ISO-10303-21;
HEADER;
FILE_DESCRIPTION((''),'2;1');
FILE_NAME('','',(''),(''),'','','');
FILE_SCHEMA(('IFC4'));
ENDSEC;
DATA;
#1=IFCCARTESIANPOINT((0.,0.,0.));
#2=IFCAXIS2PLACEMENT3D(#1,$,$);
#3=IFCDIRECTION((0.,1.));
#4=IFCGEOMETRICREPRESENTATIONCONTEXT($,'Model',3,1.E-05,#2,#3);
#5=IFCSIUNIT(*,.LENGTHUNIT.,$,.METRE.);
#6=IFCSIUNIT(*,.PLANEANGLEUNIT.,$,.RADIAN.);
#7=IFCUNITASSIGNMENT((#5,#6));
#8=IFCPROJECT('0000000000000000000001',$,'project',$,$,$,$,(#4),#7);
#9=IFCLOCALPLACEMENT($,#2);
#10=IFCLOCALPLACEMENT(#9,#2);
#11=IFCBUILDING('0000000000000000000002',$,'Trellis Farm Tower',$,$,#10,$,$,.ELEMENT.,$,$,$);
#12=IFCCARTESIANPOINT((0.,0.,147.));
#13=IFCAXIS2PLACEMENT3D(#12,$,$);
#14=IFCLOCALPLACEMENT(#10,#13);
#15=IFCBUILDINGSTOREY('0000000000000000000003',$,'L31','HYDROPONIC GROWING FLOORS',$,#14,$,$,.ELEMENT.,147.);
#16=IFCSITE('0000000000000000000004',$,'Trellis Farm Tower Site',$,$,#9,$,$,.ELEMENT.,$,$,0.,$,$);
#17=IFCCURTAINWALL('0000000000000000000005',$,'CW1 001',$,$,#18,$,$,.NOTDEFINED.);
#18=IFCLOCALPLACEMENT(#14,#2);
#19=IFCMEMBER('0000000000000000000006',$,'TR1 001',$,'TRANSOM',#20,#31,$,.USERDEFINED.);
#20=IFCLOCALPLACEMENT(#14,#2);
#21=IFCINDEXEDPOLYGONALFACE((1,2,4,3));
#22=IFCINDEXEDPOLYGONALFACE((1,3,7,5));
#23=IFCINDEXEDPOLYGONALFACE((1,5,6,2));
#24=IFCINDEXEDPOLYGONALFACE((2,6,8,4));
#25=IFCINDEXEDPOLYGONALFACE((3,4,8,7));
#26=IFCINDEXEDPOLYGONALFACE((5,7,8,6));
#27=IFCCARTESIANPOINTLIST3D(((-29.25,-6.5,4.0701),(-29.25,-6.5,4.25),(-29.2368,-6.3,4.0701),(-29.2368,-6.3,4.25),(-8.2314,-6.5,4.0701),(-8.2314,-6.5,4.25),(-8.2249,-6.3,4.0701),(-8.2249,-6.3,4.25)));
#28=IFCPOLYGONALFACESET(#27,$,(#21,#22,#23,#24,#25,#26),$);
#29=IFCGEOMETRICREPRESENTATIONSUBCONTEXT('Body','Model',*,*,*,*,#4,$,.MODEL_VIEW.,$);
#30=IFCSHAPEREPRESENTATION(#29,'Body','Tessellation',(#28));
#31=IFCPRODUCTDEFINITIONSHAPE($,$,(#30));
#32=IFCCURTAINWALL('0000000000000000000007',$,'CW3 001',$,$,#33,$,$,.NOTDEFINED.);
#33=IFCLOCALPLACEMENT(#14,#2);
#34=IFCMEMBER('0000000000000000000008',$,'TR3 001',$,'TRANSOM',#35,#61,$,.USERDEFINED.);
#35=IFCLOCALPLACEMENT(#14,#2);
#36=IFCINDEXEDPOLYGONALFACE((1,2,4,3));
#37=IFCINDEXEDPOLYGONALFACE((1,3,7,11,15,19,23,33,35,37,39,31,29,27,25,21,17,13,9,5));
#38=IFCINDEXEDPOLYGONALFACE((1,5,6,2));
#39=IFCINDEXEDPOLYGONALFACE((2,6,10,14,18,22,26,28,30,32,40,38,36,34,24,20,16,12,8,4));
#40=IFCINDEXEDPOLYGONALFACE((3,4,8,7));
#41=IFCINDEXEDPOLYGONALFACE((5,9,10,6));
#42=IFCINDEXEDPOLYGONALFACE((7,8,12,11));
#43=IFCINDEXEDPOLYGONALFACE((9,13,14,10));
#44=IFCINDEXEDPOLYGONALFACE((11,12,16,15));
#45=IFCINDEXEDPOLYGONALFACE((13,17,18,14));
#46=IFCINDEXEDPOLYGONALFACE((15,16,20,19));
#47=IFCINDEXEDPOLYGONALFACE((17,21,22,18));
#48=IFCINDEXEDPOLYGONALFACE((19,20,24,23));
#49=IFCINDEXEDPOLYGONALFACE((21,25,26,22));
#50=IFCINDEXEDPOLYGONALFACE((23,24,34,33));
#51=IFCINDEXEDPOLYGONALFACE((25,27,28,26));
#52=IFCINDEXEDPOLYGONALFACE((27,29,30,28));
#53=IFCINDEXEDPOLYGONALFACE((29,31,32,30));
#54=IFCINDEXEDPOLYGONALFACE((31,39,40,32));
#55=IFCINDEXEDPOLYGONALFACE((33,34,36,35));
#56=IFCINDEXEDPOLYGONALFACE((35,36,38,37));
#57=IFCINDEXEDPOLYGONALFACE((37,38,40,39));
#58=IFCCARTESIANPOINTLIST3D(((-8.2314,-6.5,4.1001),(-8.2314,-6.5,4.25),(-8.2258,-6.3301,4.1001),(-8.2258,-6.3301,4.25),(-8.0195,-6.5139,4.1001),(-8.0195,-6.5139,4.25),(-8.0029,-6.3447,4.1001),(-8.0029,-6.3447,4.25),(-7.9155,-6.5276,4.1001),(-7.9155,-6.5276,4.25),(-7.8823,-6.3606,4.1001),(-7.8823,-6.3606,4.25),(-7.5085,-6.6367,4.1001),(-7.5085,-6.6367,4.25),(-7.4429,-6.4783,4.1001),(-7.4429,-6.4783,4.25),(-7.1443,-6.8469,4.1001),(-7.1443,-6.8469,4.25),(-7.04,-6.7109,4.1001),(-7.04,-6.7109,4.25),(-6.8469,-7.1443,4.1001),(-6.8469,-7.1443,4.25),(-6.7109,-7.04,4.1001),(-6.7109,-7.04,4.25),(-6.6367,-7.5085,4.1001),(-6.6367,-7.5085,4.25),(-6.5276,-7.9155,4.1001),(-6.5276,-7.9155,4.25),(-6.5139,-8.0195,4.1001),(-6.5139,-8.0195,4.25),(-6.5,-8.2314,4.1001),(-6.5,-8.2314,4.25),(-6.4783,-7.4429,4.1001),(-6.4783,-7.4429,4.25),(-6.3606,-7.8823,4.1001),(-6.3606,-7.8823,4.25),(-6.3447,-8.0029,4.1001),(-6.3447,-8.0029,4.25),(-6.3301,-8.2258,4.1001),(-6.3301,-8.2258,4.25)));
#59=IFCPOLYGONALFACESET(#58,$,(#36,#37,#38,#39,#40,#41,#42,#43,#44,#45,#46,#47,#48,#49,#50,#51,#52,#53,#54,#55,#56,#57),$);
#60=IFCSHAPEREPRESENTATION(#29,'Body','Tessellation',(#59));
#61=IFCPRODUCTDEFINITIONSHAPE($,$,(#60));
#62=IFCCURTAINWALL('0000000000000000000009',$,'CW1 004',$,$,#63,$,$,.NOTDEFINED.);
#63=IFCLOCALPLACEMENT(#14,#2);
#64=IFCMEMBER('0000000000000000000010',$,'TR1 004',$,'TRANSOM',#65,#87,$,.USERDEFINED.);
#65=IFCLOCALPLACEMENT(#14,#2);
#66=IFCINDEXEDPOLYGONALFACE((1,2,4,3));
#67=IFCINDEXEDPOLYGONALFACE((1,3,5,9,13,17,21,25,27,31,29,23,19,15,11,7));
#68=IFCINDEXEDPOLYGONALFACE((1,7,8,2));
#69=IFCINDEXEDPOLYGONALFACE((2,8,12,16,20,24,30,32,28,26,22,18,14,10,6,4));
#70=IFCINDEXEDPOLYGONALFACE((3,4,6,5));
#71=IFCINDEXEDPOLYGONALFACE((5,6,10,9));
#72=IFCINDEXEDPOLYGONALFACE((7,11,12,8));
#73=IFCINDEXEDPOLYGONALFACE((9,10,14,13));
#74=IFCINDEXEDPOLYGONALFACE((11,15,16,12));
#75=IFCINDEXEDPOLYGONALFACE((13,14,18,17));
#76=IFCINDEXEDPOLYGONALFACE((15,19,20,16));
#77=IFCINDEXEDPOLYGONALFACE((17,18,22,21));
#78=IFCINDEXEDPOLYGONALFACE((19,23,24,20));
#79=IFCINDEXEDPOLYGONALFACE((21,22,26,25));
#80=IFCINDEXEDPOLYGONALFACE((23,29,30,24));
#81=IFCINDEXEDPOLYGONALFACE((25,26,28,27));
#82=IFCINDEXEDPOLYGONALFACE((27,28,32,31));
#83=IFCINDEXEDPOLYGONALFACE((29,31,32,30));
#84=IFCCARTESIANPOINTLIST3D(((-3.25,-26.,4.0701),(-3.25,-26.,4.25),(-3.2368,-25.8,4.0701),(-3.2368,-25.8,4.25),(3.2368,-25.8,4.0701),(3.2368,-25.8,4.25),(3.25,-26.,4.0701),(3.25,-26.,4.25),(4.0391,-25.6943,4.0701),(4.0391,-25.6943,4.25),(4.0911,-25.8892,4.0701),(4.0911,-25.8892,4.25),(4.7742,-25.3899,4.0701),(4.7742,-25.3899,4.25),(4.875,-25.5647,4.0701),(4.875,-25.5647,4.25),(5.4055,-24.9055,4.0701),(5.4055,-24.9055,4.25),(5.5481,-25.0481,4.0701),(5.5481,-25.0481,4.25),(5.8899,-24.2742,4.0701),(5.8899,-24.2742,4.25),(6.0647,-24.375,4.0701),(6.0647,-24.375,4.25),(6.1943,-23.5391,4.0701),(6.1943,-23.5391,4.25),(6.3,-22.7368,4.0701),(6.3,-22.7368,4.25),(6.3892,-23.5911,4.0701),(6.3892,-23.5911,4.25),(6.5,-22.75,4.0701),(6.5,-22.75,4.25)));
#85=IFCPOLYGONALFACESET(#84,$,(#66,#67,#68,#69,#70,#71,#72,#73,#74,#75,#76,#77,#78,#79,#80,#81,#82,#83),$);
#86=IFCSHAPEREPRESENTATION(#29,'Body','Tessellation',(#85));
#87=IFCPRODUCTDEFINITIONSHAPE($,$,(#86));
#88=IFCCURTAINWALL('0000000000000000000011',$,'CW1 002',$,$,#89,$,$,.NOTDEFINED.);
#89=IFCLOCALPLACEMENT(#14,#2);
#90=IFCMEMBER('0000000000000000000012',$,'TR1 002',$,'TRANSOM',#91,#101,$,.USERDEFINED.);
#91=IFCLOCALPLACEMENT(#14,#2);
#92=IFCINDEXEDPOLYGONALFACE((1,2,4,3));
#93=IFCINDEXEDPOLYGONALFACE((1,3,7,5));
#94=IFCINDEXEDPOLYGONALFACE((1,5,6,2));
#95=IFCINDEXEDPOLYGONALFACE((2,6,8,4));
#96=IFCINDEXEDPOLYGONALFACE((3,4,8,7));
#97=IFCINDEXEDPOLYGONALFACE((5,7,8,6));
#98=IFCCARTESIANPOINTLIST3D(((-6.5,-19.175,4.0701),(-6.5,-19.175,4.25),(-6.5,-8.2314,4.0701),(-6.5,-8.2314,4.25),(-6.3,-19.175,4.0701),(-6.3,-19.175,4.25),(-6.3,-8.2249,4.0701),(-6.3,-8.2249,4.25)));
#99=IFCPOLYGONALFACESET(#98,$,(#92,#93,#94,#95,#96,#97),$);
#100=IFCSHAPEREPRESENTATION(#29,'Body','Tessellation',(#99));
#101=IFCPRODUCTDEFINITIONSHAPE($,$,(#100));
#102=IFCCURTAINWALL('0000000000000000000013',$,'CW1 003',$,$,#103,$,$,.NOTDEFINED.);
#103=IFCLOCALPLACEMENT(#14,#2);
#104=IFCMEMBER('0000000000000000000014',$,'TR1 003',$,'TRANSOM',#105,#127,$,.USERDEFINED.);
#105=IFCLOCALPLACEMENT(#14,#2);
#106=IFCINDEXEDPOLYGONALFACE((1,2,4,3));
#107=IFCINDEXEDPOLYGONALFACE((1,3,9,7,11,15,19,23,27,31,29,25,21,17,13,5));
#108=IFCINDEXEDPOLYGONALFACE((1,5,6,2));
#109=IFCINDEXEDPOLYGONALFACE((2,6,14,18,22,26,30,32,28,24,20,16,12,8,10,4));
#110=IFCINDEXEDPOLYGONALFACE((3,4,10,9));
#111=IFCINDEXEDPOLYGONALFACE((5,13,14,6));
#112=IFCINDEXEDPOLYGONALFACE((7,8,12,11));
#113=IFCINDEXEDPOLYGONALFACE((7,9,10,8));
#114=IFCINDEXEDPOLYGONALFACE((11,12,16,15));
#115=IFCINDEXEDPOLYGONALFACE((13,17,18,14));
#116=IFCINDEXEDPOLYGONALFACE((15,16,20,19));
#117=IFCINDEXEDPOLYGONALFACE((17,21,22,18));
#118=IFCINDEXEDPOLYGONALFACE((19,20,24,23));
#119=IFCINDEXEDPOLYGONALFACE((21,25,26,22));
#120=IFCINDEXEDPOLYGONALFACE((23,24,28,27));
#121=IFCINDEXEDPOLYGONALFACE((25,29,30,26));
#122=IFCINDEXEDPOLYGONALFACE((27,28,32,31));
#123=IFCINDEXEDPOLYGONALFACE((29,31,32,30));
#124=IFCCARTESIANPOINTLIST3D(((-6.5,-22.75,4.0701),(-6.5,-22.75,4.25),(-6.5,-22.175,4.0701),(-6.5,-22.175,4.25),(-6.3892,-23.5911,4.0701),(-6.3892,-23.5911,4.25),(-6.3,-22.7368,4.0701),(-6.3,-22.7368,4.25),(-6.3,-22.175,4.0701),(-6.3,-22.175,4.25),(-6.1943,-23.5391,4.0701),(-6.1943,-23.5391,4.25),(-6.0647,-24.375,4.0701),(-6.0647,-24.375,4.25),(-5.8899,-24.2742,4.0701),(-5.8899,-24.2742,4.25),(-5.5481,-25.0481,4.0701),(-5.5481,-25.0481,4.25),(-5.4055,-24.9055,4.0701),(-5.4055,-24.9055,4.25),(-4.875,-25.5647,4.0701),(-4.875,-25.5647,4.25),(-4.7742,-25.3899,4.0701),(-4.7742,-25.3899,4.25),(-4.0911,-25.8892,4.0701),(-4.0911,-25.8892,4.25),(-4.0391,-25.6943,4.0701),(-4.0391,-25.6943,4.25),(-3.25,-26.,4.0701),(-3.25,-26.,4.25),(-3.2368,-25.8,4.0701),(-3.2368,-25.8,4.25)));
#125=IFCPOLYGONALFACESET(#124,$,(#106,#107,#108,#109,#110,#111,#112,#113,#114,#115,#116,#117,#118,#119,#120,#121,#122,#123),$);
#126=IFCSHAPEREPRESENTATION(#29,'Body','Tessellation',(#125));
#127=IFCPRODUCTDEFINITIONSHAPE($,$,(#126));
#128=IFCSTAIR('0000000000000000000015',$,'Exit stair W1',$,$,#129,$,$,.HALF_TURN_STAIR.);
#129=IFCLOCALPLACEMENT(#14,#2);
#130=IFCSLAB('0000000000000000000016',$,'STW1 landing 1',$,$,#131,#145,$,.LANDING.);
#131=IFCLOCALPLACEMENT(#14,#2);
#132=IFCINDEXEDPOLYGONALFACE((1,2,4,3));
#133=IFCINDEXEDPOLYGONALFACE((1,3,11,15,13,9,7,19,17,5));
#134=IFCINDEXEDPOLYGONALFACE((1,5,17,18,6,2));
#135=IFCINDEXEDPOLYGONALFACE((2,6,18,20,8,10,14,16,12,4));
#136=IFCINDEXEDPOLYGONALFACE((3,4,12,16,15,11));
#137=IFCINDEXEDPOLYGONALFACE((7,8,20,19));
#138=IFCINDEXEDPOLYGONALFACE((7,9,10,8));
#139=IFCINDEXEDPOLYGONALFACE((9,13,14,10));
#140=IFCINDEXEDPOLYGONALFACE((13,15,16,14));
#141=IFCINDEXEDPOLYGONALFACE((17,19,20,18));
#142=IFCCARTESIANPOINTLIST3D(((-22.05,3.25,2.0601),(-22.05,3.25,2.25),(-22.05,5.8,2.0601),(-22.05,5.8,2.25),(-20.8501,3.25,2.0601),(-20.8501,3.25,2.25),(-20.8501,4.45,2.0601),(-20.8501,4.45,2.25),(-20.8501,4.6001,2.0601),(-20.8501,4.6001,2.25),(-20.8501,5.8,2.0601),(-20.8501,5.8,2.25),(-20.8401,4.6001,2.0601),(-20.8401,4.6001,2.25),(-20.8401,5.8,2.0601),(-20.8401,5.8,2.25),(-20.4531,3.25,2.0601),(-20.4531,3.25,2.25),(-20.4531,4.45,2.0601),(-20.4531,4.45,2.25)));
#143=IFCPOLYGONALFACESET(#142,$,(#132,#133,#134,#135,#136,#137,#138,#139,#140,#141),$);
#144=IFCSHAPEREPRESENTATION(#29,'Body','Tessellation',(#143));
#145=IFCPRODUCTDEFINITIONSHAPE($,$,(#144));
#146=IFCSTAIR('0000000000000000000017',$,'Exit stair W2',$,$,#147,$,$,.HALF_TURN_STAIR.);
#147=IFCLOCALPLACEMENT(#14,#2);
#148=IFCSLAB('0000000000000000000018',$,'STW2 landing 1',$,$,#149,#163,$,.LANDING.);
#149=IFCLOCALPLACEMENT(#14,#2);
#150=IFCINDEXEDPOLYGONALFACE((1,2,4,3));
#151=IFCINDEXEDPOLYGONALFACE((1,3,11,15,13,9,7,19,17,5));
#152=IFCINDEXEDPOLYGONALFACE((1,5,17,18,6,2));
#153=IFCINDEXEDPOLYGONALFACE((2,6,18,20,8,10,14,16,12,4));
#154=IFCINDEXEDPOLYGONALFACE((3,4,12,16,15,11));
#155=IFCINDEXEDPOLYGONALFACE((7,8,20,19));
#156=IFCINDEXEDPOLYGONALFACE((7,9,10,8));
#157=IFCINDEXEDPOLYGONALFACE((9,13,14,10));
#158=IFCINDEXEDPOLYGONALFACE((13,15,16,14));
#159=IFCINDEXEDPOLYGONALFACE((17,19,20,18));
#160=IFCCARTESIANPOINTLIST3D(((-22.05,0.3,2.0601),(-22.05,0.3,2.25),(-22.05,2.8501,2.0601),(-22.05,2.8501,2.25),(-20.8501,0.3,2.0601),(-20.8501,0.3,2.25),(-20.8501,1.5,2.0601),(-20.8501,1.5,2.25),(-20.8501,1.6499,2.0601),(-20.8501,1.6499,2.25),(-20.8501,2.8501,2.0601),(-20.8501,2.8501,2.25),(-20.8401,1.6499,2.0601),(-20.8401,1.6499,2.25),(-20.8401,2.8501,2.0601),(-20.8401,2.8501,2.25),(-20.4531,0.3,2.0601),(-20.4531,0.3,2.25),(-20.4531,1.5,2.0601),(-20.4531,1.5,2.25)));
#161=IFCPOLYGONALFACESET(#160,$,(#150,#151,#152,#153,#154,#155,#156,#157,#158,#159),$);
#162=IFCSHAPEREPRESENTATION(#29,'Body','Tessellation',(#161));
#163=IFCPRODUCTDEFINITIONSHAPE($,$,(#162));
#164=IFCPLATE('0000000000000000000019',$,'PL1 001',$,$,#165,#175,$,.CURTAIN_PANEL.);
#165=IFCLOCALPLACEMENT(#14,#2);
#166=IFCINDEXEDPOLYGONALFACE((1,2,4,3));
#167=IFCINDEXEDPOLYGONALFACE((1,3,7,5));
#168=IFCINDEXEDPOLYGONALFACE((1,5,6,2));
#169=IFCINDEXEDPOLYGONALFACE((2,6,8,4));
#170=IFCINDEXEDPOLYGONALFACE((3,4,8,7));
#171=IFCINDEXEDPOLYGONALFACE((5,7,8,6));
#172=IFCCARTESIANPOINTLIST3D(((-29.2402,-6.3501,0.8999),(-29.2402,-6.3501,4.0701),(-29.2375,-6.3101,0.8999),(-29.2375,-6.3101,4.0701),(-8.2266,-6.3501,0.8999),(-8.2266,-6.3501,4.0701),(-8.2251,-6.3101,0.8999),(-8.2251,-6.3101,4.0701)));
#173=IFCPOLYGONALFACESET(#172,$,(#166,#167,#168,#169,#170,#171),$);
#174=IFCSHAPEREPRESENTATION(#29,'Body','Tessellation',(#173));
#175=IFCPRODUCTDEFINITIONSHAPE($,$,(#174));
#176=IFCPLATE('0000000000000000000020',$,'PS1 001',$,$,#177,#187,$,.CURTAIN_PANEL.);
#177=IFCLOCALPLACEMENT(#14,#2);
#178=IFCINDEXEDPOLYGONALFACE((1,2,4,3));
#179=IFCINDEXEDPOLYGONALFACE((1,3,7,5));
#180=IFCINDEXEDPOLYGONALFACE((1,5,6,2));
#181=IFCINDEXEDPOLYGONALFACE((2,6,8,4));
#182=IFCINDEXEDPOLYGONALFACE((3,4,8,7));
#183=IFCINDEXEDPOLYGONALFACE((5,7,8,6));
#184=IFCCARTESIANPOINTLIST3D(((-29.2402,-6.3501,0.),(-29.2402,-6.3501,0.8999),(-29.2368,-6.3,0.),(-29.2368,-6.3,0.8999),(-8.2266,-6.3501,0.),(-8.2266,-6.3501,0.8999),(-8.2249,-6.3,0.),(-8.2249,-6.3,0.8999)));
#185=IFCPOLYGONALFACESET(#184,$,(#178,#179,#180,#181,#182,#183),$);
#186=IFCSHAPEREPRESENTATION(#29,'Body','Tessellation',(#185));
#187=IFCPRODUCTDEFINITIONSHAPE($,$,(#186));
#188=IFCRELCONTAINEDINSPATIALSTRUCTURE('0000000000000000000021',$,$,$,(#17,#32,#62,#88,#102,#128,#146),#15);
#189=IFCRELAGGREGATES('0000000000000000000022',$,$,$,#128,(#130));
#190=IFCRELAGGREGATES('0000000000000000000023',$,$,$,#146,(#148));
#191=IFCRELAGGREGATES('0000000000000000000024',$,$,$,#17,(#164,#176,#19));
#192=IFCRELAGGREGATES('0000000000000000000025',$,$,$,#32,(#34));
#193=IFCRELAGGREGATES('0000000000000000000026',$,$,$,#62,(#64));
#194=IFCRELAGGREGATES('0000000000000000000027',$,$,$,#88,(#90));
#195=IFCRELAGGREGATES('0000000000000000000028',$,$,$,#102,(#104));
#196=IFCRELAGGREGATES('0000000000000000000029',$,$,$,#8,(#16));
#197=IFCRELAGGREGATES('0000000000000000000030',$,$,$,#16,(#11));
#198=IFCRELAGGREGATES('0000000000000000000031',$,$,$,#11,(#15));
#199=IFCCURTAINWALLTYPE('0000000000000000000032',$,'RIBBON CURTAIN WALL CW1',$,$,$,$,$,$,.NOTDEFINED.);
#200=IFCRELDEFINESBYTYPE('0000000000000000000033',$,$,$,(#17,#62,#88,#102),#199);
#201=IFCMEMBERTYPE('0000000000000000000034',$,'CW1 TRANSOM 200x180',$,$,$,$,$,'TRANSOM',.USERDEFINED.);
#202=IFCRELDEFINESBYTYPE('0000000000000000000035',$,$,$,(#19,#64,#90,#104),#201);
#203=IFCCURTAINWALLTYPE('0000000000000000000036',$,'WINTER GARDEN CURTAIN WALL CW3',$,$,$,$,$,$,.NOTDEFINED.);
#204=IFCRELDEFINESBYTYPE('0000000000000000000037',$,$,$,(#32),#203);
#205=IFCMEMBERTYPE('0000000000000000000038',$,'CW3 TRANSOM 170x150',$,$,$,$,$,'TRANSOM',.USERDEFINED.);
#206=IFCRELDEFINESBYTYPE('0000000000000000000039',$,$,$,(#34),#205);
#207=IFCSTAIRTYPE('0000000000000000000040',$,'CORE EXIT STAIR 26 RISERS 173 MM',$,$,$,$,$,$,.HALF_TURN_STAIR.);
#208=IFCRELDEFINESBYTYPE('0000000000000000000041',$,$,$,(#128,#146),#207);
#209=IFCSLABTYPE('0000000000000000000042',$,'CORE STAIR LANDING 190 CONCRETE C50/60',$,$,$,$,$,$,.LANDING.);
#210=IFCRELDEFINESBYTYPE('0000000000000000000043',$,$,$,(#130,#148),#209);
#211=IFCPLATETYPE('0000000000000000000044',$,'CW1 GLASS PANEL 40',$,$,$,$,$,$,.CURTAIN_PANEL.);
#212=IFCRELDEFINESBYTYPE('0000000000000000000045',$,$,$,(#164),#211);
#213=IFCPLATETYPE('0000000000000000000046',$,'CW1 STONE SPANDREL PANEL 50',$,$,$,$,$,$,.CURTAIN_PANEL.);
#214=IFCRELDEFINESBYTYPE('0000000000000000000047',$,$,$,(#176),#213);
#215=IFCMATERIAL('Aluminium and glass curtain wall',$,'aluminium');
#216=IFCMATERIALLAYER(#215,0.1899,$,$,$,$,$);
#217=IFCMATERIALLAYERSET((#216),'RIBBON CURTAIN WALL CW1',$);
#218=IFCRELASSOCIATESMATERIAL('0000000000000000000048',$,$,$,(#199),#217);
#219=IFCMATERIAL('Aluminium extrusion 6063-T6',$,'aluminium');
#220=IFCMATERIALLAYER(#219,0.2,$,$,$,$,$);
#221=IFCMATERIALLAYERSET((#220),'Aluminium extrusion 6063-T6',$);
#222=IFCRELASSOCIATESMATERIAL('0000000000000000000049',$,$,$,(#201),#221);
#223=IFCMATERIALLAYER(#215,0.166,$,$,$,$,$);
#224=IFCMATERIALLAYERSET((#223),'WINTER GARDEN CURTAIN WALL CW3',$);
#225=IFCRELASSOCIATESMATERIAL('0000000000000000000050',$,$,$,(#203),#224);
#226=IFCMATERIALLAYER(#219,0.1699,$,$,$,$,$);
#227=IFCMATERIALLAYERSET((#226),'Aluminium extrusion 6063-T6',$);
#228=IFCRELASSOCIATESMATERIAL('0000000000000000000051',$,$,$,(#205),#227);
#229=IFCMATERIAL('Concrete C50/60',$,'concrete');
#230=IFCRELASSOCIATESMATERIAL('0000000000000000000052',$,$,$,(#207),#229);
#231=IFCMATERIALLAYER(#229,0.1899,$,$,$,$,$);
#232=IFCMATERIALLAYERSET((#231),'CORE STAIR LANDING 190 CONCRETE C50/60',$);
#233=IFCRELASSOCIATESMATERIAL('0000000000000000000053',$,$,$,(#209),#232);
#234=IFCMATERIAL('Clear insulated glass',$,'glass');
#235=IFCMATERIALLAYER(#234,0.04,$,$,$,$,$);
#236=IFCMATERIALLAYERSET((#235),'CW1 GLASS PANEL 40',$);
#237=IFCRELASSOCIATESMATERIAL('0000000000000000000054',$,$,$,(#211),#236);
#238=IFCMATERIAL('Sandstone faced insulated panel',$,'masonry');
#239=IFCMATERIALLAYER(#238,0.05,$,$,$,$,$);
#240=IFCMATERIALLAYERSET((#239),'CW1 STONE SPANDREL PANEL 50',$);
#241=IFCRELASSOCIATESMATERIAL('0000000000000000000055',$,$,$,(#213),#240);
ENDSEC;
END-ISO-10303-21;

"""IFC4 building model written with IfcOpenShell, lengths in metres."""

from ifc_helpers import new_model, si_unit, direction, frame, origin, place, context, subcontext, project, spatial, polyline, outline, extrude, source, transform, mapped, material, layer, layer_set, type_object, element, aggregate, save


model = new_model("IFC4")

# Units and contexts
model_context = context("Model", 3, precision=1e-05, world=origin(), true_north=direction((0.0, 1.0)))
body_context = subcontext(model_context, "Body", "Model", "MODEL_VIEW")
ifc_project = project(units=[si_unit("LENGTHUNIT", "METRE"), si_unit("PLANEANGLEUNIT", "RADIAN")], contexts=[model_context])

# Site, building, storey
site_placement = place(None, origin())
site = spatial("IfcSite", under=ifc_project, at=site_placement, Name="Trellis Farm Tower Site", CompositionType="ELEMENT", RefElevation=0.0)
building_placement = place(site_placement, origin())
building = spatial("IfcBuilding", under=site, at=building_placement, Name="Trellis Farm Tower", CompositionType="ELEMENT")
storey_placement = place(building_placement, frame((0.0, 0.0, 147.0)))
storey = spatial("IfcBuildingStorey", under=building, at=storey_placement, Name="L31", Description="HYDROPONIC GROWING FLOORS", CompositionType="ELEMENT", Elevation=147.0)

# Curtain walls, members
ifc_material_1 = material(Name="Aluminium and glass curtain wall", Category="aluminium")
ifc_layer_1 = layer(ifc_material_1, 0.1899)
ifc_layer_set_1 = layer_set([ifc_layer_1], Name="RIBBON CURTAIN WALL CW1")
curtain_wall_type_1 = type_object("IfcCurtainWallType", Name="RIBBON CURTAIN WALL CW1", PredefinedType="NOTDEFINED", material=ifc_layer_set_1)
placement_1 = place(storey_placement, origin())
curtain_wall_1 = element("IfcCurtainWall", 1, at=placement_1, inside=storey, type_object=curtain_wall_type_1, Name="CW1 001", PredefinedType="NOTDEFINED")
ifc_material_2 = material(Name="Aluminium extrusion 6063-T6", Category="aluminium")
ifc_layer_2 = layer(ifc_material_2, 0.2)
ifc_layer_set_2 = layer_set([ifc_layer_2], Name="Aluminium extrusion 6063-T6")
member_type_1 = type_object("IfcMemberType", Name="CW1 TRANSOM 200x180", ElementType="TRANSOM", PredefinedType="USERDEFINED", material=ifc_layer_set_2)
shared_shape_1 = source(origin(), body_context, "Body", "SweptSolid", [
    extrude(outline(polyline([(-29.25, -6.5), (-8.2314, -6.5), (-8.2249, -6.3), (-29.2368, -6.3), (-29.25, -6.5)])), origin(), (0.0, 0.0, 1.0), 0.1799),
])
placement_2 = place(storey_placement, frame((0.0, 0.0, 4.0701)))
member_1 = element("IfcMember", 2, at=placement_2, type_object=member_type_1, Name="TR1 001", ObjectType="TRANSOM", PredefinedType="USERDEFINED", context=body_context, shape_type="MappedRepresentation", body=[
    mapped(shared_shape_1, transform((0.0, 0.0, 0.0))),
])
ifc_layer_3 = layer(ifc_material_1, 0.166)
ifc_layer_set_3 = layer_set([ifc_layer_3], Name="WINTER GARDEN CURTAIN WALL CW3")
curtain_wall_type_2 = type_object("IfcCurtainWallType", Name="WINTER GARDEN CURTAIN WALL CW3", PredefinedType="NOTDEFINED", material=ifc_layer_set_3)
curtain_wall_2 = element("IfcCurtainWall", 3, at=placement_1, inside=storey, type_object=curtain_wall_type_2, Name="CW3 001", PredefinedType="NOTDEFINED")
ifc_layer_4 = layer(ifc_material_2, 0.1699)
ifc_layer_set_4 = layer_set([ifc_layer_4], Name="Aluminium extrusion 6063-T6")
member_type_2 = type_object("IfcMemberType", Name="CW3 TRANSOM 170x150", ElementType="TRANSOM", PredefinedType="USERDEFINED", material=ifc_layer_set_4)
shared_shape_2 = source(origin(), body_context, "Body", "SweptSolid", [
    extrude(outline(polyline([(-8.2314, -6.5), (-8.0195, -6.5139), (-7.9155, -6.5276), (-7.5085, -6.6367), (-7.1443, -6.8469), (-6.8469, -7.1443), (-6.6367, -7.5085), (-6.5276, -7.9155), (-6.5139, -8.0195), (-6.5, -8.2314), (-6.3301, -8.2258), (-6.3447, -8.0029), (-6.3606, -7.8823), (-6.4783, -7.4429), (-6.7109, -7.04), (-7.04, -6.7109), (-7.4429, -6.4783), (-7.8823, -6.3606), (-8.0029, -6.3447), (-8.2258, -6.3301), (-8.2314, -6.5)])), origin(), (0.0, 0.0, 1.0), 0.1499),
])
member_2_placement = place(storey_placement, frame((0.0, 0.0, 4.1001)))
member_2 = element("IfcMember", 4, at=member_2_placement, type_object=member_type_2, Name="TR3 001", ObjectType="TRANSOM", PredefinedType="USERDEFINED", context=body_context, shape_type="MappedRepresentation", body=[
    mapped(shared_shape_2, transform((0.0, 0.0, 0.0))),
])
curtain_wall_3 = element("IfcCurtainWall", 5, at=placement_1, inside=storey, type_object=curtain_wall_type_1, Name="CW1 004", PredefinedType="NOTDEFINED")
shared_shape_3 = source(origin(), body_context, "Body", "SweptSolid", [
    extrude(outline(polyline([(-3.25, -26.0), (3.25, -26.0), (4.0911, -25.8892), (4.875, -25.5647), (5.5481, -25.0481), (6.0647, -24.375), (6.3892, -23.5911), (6.5, -22.75), (6.3, -22.7368), (6.1943, -23.5391), (5.8899, -24.2742), (5.4055, -24.9055), (4.7742, -25.3899), (4.0391, -25.6943), (3.2368, -25.8), (-3.2368, -25.8), (-3.25, -26.0)])), origin(), (0.0, 0.0, 1.0), 0.1799),
])
member_3 = element("IfcMember", 6, at=placement_2, type_object=member_type_1, Name="TR1 004", ObjectType="TRANSOM", PredefinedType="USERDEFINED", context=body_context, shape_type="MappedRepresentation", body=[
    mapped(shared_shape_3, transform((0.0, 0.0, 0.0))),
])
curtain_wall_4 = element("IfcCurtainWall", 7, at=placement_1, inside=storey, type_object=curtain_wall_type_1, Name="CW1 002", PredefinedType="NOTDEFINED")
shared_shape_4 = source(origin(), body_context, "Body", "SweptSolid", [
    extrude(outline(polyline([(-6.5, -8.2314), (-6.5, -19.175), (-6.3, -19.175), (-6.3, -8.2249), (-6.5, -8.2314)])), origin(), (0.0, 0.0, 1.0), 0.1799),
])
member_4 = element("IfcMember", 8, at=placement_2, type_object=member_type_1, Name="TR1 002", ObjectType="TRANSOM", PredefinedType="USERDEFINED", context=body_context, shape_type="MappedRepresentation", body=[
    mapped(shared_shape_4, transform((0.0, 0.0, 0.0))),
])
curtain_wall_5 = element("IfcCurtainWall", 9, at=placement_1, inside=storey, type_object=curtain_wall_type_1, Name="CW1 003", PredefinedType="NOTDEFINED")
shared_shape_5 = source(origin(), body_context, "Body", "SweptSolid", [
    extrude(outline(polyline([(-6.5, -22.175), (-6.5, -22.75), (-6.3892, -23.5911), (-6.0647, -24.375), (-5.5481, -25.0481), (-4.875, -25.5647), (-4.0911, -25.8892), (-3.25, -26.0), (-3.2368, -25.8), (-4.0391, -25.6943), (-4.7742, -25.3899), (-5.4055, -24.9055), (-5.8899, -24.2742), (-6.1943, -23.5391), (-6.3, -22.7368), (-6.3, -22.175), (-6.5, -22.175)])), origin(), (0.0, 0.0, 1.0), 0.1799),
])
member_5 = element("IfcMember", 10, at=placement_2, type_object=member_type_1, Name="TR1 003", ObjectType="TRANSOM", PredefinedType="USERDEFINED", context=body_context, shape_type="MappedRepresentation", body=[
    mapped(shared_shape_5, transform((0.0, 0.0, 0.0))),
])

# Stairs, slabs
ifc_material_3 = material(Name="Concrete C50/60", Category="concrete")
stair_type = type_object("IfcStairType", Name="CORE EXIT STAIR 26 RISERS 173 MM", PredefinedType="HALF_TURN_STAIR", material=ifc_material_3)
stair_1 = element("IfcStair", 11, at=placement_1, inside=storey, type_object=stair_type, Name="Exit stair W1", PredefinedType="HALF_TURN_STAIR")
ifc_layer_5 = layer(ifc_material_3, 0.1899)
ifc_layer_set_5 = layer_set([ifc_layer_5], Name="CORE STAIR LANDING 190 CONCRETE C50/60")
slab_type = type_object("IfcSlabType", Name="CORE STAIR LANDING 190 CONCRETE C50/60", PredefinedType="LANDING", material=ifc_layer_set_5)
shared_shape_6 = source(origin(), body_context, "Body", "SweptSolid", [
    extrude(outline(polyline([(-20.4531, 4.45), (-20.4531, 3.25), (-20.8501, 3.25), (-22.05, 3.25), (-22.05, 5.8), (-20.8501, 5.8), (-20.8401, 5.8), (-20.8401, 4.6001), (-20.8501, 4.6001), (-20.8501, 4.45), (-20.4531, 4.45)])), origin(), (0.0, 0.0, 1.0), 0.1899),
])
placement_3 = place(storey_placement, frame((0.0, 0.0, 2.0601)))
slab_1 = element("IfcSlab", 12, at=placement_3, type_object=slab_type, Name="STW1 landing 1", PredefinedType="LANDING", context=body_context, shape_type="MappedRepresentation", body=[
    mapped(shared_shape_6, transform((0.0, 0.0, 0.0))),
])
aggregate(stair_1, [slab_1])
stair_2 = element("IfcStair", 13, at=placement_1, inside=storey, type_object=stair_type, Name="Exit stair W2", PredefinedType="HALF_TURN_STAIR")
shared_shape_7 = source(origin(), body_context, "Body", "SweptSolid", [
    extrude(outline(polyline([(-20.4531, 1.5), (-20.4531, 0.3), (-20.8501, 0.3), (-22.05, 0.3), (-22.05, 2.8501), (-20.8501, 2.8501), (-20.8401, 2.8501), (-20.8401, 1.6499), (-20.8501, 1.6499), (-20.8501, 1.5), (-20.4531, 1.5)])), origin(), (0.0, 0.0, 1.0), 0.1899),
])
slab_2 = element("IfcSlab", 14, at=placement_3, type_object=slab_type, Name="STW2 landing 1", PredefinedType="LANDING", context=body_context, shape_type="MappedRepresentation", body=[
    mapped(shared_shape_7, transform((0.0, 0.0, 0.0))),
])
aggregate(stair_2, [slab_2])

# Plates
ifc_material_4 = material(Name="Clear insulated glass", Category="glass")
ifc_layer_6 = layer(ifc_material_4, 0.04)
ifc_layer_set_6 = layer_set([ifc_layer_6], Name="CW1 GLASS PANEL 40")
plate_type_1 = type_object("IfcPlateType", Name="CW1 GLASS PANEL 40", PredefinedType="CURTAIN_PANEL", material=ifc_layer_set_6)
shared_shape_8 = source(origin(), body_context, "Body", "SweptSolid", [
    extrude(outline(polyline([(-29.2402, -6.3501), (-8.2266, -6.3501), (-8.2251, -6.3101), (-29.2375, -6.3101), (-29.2402, -6.3501)])), origin(), (0.0, 0.0, 1.0), 3.1702),
])
placement_4 = place(storey_placement, frame((0.0, 0.0, 0.8999)))
plate_1 = element("IfcPlate", 15, at=placement_4, type_object=plate_type_1, Name="PL1 001", PredefinedType="CURTAIN_PANEL", context=body_context, shape_type="MappedRepresentation", body=[
    mapped(shared_shape_8, transform((0.0, 0.0, 0.0))),
])
ifc_material_5 = material(Name="Sandstone faced insulated panel", Category="masonry")
ifc_layer_7 = layer(ifc_material_5, 0.05)
ifc_layer_set_7 = layer_set([ifc_layer_7], Name="CW1 STONE SPANDREL PANEL 50")
plate_type_2 = type_object("IfcPlateType", Name="CW1 STONE SPANDREL PANEL 50", PredefinedType="CURTAIN_PANEL", material=ifc_layer_set_7)
shared_shape_9 = source(origin(), body_context, "Body", "SweptSolid", [
    extrude(outline(polyline([(-29.2402, -6.3501), (-8.2266, -6.3501), (-8.2249, -6.3), (-29.2368, -6.3), (-29.2402, -6.3501)])), origin(), (0.0, 0.0, 1.0), 0.8999),
])
plate_2 = element("IfcPlate", 16, at=placement_1, type_object=plate_type_2, Name="PS1 001", PredefinedType="CURTAIN_PANEL", context=body_context, shape_type="MappedRepresentation", body=[
    mapped(shared_shape_9, transform((0.0, 0.0, 0.0))),
])
aggregate(curtain_wall_1, [plate_1, plate_2, member_1])
aggregate(curtain_wall_2, [member_2])
aggregate(curtain_wall_3, [member_3])
aggregate(curtain_wall_4, [member_4])
aggregate(curtain_wall_5, [member_5])

save(model, "model.ifc")
